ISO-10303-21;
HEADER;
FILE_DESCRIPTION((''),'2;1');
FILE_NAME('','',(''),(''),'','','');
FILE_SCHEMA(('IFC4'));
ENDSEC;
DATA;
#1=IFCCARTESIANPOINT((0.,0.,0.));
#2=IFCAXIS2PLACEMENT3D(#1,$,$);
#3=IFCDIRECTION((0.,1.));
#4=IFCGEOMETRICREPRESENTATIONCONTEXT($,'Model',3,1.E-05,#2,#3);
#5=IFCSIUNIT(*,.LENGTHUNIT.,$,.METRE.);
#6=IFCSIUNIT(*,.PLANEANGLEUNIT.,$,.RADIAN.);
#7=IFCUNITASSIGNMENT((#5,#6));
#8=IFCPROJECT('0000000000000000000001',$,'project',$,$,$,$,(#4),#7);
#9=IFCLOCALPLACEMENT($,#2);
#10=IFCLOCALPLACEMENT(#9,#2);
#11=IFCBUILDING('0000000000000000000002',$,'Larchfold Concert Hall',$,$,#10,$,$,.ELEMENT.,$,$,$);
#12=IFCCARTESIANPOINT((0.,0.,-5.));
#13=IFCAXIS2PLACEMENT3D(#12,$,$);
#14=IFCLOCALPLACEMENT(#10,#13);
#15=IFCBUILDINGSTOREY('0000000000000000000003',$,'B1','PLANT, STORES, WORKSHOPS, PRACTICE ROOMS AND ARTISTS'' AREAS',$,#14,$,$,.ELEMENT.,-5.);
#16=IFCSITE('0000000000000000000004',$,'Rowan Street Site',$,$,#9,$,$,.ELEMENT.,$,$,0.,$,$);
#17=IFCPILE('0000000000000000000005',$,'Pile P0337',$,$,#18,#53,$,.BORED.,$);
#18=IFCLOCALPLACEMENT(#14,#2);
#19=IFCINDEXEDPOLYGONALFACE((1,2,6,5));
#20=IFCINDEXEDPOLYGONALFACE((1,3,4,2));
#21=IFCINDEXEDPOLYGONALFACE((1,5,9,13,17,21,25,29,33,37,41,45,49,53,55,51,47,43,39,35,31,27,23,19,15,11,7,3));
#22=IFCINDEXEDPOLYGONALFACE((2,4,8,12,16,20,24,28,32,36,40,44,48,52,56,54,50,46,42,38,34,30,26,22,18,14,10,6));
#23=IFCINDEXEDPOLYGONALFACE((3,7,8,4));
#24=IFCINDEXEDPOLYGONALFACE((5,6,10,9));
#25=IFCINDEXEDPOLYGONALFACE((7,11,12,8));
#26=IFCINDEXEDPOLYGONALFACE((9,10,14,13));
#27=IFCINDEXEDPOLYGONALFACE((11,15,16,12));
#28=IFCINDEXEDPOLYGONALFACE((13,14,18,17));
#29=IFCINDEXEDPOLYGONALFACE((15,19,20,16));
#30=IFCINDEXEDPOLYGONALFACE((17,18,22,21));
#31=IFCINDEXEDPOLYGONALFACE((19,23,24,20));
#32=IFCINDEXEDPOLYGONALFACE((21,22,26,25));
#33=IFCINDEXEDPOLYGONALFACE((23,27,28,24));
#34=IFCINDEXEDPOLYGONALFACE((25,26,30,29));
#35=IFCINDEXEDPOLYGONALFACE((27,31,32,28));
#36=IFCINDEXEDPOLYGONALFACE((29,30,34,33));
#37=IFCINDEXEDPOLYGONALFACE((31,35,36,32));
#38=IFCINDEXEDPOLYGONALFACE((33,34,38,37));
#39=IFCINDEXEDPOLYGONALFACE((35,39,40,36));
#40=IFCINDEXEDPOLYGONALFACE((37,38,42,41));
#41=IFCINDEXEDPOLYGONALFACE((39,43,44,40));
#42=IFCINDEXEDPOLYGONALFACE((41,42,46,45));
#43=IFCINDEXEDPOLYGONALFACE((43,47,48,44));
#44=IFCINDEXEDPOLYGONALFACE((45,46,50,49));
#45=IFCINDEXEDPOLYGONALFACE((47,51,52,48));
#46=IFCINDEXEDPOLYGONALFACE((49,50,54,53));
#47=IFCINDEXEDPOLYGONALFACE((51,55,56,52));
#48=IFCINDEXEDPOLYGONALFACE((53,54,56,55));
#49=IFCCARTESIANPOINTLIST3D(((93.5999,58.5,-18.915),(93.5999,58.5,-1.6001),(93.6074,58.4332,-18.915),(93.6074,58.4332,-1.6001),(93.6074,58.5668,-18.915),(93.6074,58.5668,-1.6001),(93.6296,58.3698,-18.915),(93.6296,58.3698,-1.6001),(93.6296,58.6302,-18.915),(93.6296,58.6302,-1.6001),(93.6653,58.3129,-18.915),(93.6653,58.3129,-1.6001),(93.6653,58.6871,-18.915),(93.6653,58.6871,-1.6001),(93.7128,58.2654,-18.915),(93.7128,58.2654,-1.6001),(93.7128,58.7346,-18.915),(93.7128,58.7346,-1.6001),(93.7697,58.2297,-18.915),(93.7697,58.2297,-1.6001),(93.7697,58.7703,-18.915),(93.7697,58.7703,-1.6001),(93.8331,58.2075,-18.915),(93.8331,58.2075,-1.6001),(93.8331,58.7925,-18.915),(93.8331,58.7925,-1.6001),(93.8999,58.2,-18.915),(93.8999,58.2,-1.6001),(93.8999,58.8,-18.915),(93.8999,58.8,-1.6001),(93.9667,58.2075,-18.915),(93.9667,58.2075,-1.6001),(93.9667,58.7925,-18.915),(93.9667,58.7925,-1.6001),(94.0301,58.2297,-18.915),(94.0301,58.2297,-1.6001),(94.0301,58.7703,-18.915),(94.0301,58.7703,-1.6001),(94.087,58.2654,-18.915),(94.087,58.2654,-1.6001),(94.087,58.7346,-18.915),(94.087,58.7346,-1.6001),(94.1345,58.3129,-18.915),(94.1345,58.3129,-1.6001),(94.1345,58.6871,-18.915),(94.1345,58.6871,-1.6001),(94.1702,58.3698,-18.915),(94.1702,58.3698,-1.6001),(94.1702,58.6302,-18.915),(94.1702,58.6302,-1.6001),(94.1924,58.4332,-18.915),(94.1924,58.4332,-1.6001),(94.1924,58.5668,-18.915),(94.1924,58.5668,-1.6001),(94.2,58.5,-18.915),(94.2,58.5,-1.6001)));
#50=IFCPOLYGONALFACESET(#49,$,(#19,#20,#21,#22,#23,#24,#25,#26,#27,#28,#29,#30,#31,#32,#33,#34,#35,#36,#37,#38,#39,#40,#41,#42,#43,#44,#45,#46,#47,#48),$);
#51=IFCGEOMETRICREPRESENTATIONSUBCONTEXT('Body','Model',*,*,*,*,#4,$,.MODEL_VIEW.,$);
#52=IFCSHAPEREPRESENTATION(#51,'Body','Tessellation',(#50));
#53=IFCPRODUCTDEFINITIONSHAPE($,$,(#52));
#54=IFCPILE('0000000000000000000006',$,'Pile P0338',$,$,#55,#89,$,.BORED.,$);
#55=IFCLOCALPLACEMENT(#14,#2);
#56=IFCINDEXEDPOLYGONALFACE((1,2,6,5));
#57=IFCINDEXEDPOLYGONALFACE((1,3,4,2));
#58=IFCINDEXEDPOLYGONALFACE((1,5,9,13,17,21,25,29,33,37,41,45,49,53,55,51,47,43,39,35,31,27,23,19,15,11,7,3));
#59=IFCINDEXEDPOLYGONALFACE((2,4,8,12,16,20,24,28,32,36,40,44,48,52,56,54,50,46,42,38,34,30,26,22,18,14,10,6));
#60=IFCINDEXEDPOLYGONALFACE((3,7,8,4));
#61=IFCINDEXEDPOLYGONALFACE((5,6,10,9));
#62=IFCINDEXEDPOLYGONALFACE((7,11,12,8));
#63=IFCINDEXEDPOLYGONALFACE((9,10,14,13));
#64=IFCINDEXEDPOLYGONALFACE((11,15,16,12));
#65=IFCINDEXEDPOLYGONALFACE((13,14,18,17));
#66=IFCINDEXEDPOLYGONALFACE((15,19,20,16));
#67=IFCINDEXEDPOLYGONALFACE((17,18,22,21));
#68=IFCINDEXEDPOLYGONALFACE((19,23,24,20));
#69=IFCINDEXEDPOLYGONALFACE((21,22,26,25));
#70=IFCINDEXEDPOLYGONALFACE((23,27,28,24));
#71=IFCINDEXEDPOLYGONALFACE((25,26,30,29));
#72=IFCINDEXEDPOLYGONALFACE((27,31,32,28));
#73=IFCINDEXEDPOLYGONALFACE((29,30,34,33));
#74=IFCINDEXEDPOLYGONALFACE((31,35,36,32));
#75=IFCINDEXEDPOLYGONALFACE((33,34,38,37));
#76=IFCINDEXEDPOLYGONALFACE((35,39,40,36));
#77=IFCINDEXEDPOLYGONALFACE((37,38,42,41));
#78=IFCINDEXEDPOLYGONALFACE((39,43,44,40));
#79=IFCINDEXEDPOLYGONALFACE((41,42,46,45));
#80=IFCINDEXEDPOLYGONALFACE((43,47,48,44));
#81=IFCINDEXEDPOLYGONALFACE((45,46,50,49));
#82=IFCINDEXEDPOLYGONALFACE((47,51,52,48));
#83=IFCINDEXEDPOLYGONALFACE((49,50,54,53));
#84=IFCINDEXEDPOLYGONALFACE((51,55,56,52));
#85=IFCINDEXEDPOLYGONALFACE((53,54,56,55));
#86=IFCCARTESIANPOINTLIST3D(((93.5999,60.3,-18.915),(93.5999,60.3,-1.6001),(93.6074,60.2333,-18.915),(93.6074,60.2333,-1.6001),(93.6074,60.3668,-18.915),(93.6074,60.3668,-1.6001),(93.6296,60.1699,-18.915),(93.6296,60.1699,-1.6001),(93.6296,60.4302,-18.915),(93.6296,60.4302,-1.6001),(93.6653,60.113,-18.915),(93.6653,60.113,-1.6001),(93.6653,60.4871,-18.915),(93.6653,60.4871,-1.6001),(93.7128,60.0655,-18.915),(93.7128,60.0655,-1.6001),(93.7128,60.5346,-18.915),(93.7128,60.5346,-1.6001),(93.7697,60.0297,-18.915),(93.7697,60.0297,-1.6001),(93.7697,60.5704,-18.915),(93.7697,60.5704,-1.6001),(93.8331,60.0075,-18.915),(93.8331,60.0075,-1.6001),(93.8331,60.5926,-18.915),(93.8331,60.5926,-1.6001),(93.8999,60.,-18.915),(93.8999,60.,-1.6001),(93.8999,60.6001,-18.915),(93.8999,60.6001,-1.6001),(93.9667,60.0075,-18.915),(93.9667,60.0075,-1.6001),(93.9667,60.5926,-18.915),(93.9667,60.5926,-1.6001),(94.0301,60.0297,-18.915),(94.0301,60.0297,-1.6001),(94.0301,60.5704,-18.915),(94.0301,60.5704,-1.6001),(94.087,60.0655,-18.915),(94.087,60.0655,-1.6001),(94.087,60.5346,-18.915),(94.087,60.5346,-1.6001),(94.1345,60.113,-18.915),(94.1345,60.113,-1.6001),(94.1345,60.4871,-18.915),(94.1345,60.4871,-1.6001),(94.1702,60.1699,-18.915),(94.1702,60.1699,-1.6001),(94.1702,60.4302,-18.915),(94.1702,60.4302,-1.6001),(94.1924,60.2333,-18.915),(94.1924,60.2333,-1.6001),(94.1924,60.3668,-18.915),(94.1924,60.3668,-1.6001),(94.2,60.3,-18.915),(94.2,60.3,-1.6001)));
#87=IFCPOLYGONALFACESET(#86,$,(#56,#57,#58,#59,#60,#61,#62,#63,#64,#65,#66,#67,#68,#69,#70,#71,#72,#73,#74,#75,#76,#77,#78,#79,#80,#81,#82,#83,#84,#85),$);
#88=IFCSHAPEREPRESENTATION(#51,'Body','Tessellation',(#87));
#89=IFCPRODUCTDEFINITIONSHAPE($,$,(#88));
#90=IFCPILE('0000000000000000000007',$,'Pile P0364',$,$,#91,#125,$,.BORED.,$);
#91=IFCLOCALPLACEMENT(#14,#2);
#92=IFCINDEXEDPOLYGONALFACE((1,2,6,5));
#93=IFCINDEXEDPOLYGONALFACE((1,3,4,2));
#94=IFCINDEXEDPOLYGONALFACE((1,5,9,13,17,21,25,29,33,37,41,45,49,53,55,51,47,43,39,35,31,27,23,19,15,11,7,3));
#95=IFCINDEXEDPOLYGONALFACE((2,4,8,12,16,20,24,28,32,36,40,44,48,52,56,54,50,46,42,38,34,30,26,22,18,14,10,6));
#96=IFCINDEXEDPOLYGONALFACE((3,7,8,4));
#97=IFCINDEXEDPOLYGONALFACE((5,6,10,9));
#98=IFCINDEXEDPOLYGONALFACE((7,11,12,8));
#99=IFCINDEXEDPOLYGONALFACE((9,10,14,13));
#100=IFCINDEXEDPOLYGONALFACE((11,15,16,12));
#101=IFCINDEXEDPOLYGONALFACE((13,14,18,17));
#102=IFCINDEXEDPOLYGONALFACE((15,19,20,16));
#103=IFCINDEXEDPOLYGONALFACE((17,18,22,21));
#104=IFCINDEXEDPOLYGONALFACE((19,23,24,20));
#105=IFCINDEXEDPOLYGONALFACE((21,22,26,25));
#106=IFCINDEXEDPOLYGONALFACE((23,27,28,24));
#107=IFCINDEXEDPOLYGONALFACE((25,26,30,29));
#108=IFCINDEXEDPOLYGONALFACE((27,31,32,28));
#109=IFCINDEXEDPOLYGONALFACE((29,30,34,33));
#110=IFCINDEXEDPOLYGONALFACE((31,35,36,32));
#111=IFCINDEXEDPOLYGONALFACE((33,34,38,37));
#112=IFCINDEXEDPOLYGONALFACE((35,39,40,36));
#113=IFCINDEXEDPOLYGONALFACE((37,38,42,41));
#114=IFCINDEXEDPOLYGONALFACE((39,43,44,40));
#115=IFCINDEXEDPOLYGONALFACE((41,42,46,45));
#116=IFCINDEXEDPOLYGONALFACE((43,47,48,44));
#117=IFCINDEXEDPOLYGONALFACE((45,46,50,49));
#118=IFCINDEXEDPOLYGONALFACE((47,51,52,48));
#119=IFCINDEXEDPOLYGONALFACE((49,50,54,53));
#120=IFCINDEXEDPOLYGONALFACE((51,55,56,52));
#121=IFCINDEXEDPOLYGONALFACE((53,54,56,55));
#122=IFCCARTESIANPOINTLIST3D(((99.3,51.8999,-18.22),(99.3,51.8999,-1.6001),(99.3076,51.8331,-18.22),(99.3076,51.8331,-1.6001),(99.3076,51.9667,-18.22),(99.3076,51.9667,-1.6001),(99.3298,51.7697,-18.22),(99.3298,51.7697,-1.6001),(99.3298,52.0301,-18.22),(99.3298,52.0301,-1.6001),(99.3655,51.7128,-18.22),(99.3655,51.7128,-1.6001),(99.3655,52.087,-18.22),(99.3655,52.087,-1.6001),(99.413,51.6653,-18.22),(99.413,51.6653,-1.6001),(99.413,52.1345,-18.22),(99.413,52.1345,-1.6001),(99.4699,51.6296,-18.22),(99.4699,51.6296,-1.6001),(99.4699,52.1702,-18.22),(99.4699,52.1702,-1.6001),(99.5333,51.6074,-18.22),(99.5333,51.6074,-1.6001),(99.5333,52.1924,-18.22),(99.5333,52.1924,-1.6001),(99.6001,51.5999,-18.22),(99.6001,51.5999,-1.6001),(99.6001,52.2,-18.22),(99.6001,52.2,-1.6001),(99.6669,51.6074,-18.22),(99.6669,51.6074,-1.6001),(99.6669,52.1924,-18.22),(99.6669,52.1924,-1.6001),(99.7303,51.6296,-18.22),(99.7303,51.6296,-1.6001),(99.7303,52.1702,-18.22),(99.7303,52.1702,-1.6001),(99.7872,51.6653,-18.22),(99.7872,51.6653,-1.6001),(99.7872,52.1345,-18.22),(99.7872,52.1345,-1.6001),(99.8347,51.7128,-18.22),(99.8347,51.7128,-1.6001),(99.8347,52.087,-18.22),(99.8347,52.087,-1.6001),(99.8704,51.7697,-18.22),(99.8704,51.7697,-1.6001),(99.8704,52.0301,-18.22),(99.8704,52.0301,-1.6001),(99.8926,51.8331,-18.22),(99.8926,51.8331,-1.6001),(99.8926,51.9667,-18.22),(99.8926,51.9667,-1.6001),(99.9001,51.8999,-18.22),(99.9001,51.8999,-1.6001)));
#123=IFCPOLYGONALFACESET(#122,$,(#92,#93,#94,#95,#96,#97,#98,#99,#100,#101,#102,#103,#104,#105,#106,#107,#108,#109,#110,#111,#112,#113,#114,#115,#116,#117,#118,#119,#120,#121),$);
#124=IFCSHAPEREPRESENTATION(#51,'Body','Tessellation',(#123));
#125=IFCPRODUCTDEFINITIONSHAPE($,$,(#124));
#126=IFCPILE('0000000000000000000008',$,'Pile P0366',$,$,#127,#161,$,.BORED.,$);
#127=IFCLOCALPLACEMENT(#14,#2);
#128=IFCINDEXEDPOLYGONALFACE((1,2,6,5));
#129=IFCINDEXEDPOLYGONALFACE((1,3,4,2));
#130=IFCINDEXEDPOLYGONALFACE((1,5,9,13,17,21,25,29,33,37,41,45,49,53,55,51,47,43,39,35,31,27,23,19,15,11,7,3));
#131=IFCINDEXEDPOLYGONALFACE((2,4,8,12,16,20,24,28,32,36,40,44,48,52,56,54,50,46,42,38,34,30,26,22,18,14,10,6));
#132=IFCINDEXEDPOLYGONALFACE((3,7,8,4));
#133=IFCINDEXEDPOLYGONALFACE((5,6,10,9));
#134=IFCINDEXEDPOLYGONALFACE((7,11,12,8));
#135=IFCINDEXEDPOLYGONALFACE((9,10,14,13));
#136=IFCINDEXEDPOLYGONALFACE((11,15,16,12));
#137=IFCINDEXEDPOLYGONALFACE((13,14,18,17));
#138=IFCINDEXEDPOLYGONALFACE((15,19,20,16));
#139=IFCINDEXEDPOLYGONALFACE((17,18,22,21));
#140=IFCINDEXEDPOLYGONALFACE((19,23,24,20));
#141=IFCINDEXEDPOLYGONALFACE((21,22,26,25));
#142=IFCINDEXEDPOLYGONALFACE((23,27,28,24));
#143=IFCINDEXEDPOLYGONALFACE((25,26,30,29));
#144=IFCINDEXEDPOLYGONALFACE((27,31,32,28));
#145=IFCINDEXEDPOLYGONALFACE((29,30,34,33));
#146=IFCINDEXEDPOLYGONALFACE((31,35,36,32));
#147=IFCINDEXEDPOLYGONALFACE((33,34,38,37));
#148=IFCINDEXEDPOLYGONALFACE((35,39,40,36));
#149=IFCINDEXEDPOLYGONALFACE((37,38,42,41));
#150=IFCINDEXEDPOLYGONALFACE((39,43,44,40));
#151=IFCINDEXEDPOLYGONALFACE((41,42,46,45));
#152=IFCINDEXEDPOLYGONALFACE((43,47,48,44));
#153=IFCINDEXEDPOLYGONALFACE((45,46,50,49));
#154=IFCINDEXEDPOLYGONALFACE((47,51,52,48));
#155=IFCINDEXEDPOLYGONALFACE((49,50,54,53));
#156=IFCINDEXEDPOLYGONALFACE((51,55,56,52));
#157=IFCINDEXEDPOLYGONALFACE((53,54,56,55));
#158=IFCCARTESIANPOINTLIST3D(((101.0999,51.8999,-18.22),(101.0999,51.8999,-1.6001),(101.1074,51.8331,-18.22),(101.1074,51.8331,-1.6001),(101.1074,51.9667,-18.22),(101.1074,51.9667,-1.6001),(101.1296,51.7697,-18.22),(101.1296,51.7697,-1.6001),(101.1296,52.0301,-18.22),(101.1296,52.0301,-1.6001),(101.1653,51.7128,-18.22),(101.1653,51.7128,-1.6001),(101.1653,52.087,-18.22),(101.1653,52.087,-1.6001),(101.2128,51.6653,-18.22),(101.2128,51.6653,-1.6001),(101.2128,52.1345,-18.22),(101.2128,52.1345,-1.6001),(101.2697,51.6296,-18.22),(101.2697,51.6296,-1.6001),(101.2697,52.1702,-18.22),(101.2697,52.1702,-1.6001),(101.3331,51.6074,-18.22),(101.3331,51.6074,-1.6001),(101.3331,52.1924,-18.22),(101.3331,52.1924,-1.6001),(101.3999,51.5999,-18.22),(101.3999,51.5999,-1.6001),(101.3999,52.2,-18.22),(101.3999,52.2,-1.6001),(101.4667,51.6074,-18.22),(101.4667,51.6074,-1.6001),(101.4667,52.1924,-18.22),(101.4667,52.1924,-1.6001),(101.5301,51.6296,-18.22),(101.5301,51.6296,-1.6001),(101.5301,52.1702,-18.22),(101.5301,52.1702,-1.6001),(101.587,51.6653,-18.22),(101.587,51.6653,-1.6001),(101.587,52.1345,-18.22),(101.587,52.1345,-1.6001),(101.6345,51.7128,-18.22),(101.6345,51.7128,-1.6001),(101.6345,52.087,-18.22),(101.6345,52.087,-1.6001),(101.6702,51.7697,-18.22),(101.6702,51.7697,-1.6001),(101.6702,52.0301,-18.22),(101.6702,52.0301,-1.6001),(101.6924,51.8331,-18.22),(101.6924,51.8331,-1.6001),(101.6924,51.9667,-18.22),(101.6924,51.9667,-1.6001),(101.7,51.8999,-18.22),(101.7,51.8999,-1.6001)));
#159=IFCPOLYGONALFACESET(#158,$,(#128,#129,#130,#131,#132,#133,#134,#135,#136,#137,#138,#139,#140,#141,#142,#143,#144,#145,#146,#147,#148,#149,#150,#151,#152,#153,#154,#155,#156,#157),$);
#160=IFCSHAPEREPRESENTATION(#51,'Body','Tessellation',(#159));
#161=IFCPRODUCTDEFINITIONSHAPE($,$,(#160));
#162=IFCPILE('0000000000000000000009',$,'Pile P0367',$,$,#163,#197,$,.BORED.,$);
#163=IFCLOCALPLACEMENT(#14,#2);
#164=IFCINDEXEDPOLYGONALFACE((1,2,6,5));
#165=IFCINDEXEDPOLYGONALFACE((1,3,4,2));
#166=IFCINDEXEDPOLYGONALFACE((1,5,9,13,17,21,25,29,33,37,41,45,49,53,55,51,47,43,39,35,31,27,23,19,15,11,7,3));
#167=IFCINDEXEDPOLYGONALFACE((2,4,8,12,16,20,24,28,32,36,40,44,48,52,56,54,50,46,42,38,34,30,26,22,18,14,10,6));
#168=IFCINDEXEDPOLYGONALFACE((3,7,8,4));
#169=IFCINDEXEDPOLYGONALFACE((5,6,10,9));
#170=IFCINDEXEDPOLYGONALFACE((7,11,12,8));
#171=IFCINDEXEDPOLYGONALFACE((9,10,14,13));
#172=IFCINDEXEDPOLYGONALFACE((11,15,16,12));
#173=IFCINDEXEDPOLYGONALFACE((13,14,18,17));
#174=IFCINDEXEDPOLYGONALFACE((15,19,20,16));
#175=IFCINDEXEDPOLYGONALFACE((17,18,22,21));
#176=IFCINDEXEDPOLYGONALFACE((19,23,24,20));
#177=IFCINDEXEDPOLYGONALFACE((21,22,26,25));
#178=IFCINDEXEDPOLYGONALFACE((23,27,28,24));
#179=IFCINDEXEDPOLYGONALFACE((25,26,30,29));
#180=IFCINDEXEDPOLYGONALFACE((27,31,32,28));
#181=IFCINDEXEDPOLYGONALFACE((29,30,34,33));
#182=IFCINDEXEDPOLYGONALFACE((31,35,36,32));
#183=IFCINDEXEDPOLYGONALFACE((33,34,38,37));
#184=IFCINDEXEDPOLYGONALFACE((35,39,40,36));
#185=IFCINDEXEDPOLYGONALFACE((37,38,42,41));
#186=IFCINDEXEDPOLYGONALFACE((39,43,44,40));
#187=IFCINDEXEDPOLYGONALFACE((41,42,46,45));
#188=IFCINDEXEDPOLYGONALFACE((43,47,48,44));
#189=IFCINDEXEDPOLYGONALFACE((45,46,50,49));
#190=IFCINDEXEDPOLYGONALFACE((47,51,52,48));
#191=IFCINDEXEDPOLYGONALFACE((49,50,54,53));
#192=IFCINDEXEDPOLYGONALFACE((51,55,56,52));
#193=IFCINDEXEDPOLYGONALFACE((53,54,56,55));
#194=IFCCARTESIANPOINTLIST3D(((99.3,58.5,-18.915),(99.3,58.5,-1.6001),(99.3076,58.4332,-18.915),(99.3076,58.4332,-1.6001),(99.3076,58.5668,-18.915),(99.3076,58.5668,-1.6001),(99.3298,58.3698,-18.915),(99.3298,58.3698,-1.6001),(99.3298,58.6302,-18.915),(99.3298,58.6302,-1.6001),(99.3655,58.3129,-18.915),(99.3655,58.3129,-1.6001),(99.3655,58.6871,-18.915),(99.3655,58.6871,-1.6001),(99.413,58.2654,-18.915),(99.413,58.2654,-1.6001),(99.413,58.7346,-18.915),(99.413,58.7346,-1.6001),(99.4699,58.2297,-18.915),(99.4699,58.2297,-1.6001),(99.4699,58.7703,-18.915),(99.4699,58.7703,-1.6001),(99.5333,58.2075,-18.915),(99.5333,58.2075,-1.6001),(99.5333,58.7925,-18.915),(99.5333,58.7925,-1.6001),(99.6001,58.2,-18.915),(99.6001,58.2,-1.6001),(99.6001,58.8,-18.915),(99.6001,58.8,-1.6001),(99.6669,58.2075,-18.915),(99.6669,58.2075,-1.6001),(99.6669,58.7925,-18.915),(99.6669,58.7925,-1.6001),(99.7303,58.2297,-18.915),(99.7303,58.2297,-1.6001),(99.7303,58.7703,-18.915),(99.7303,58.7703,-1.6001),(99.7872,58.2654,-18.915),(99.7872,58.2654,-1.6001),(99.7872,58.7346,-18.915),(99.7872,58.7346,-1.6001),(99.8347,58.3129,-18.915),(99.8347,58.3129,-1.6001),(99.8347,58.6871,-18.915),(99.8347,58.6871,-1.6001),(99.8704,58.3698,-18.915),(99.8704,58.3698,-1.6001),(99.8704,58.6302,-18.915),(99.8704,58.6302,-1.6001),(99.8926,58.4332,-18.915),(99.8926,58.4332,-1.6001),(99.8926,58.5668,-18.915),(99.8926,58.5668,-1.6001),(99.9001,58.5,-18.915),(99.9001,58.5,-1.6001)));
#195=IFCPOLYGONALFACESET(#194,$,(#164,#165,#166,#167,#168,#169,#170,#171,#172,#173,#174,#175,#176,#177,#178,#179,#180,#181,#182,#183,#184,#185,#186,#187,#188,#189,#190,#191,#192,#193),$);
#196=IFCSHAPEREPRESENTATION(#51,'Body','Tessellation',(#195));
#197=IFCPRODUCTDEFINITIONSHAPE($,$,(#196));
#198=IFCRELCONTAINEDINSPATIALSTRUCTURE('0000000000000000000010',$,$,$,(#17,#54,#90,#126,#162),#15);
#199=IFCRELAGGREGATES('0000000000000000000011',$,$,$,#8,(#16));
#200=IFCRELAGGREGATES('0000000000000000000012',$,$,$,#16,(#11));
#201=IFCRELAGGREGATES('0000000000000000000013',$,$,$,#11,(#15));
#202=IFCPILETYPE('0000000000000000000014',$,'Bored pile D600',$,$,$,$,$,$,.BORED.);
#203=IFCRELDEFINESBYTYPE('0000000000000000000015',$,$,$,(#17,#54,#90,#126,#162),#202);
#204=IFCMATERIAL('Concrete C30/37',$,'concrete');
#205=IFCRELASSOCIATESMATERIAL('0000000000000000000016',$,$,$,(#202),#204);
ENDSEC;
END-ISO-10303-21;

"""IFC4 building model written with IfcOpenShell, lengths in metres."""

from ifc_helpers import new_model, si_unit, direction, frame, origin, origin_2d, place, context, subcontext, project, spatial, circle, extrude, material, material_profile, profile_set, type_object, element, save


model = new_model("IFC4")

# Units and contexts
model_context = context("Model", 3, precision=1e-05, world=origin(), true_north=direction((0.0, 1.0)))
body_context = subcontext(model_context, "Body", "Model", "MODEL_VIEW")
ifc_project = project(units=[si_unit("LENGTHUNIT", "METRE"), si_unit("PLANEANGLEUNIT", "RADIAN")], contexts=[model_context])

# Site, building, storey
site_placement = place(None, origin())
site = spatial("IfcSite", under=ifc_project, at=site_placement, Name="Rowan Street Site", CompositionType="ELEMENT", RefElevation=0.0)
building_placement = place(site_placement, origin())
building = spatial("IfcBuilding", under=site, at=building_placement, Name="Larchfold Concert Hall", CompositionType="ELEMENT")
storey_placement = place(building_placement, frame((0.0, 0.0, -5.0)))
storey = spatial("IfcBuildingStorey", under=building, at=storey_placement, Name="B1", Description="PLANT, STORES, WORKSHOPS, PRACTICE ROOMS AND ARTISTS' AREAS", CompositionType="ELEMENT", Elevation=-5.0)

# Piles
ifc_material_1 = material(Name="Concrete C30/37", Category="concrete")
ifc_material_profile_1 = material_profile(ifc_material_1, circle(Radius=0.3, at=origin_2d()))
ifc_profile_set_1 = profile_set([ifc_material_profile_1], Name="Concrete C30/37")
pile_type = type_object("IfcPileType", Name="Bored pile D600", PredefinedType="BORED", material=ifc_profile_set_1)
for number, where, z_axis, x_axis, name in (
    (1, (93.8999, 58.5, -1.6001), (0.0, 0.0, -1.0), (1.0, 0.0, 0.0), "Pile P0337"),
    (2, (93.8999, 60.3, -1.6001), (0.0, 0.0, -1.0), (1.0, 0.0, 0.0), "Pile P0338"),
):
    element("IfcPile", number, at=place(storey_placement, frame(where, z_axis=z_axis, x_axis=x_axis)), inside=storey, type_object=pile_type, Name=name, PredefinedType="BORED", context=body_context, shape_type="SweptSolid", body=[
        extrude(circle(Radius=0.3, at=origin_2d()), origin(), (0.0, 0.0, 1.0), 17.3149),
    ])
for number, where, z_axis, x_axis, name in (
    (3, (99.6001, 51.8999, -1.6001), (0.0, 0.0, -1.0), (1.0, 0.0, 0.0), "Pile P0364"),
    (4, (101.3999, 51.8999, -1.6001), (0.0, 0.0, -1.0), (1.0, 0.0, 0.0), "Pile P0366"),
):
    element("IfcPile", number, at=place(storey_placement, frame(where, z_axis=z_axis, x_axis=x_axis)), inside=storey, type_object=pile_type, Name=name, PredefinedType="BORED", context=body_context, shape_type="SweptSolid", body=[
        extrude(circle(Radius=0.3, at=origin_2d()), origin(), (0.0, 0.0, 1.0), 16.6199),
    ])
for number, where, z_axis, x_axis, name in (
    (5, (99.6001, 58.5, -1.6001), (0.0, 0.0, -1.0), (1.0, 0.0, 0.0), "Pile P0367"),
):
    element("IfcPile", number, at=place(storey_placement, frame(where, z_axis=z_axis, x_axis=x_axis)), inside=storey, type_object=pile_type, Name=name, PredefinedType="BORED", context=body_context, shape_type="SweptSolid", body=[
        extrude(circle(Radius=0.3, at=origin_2d()), origin(), (0.0, 0.0, 1.0), 17.3149),
    ])

save(model, "model.ifc")
